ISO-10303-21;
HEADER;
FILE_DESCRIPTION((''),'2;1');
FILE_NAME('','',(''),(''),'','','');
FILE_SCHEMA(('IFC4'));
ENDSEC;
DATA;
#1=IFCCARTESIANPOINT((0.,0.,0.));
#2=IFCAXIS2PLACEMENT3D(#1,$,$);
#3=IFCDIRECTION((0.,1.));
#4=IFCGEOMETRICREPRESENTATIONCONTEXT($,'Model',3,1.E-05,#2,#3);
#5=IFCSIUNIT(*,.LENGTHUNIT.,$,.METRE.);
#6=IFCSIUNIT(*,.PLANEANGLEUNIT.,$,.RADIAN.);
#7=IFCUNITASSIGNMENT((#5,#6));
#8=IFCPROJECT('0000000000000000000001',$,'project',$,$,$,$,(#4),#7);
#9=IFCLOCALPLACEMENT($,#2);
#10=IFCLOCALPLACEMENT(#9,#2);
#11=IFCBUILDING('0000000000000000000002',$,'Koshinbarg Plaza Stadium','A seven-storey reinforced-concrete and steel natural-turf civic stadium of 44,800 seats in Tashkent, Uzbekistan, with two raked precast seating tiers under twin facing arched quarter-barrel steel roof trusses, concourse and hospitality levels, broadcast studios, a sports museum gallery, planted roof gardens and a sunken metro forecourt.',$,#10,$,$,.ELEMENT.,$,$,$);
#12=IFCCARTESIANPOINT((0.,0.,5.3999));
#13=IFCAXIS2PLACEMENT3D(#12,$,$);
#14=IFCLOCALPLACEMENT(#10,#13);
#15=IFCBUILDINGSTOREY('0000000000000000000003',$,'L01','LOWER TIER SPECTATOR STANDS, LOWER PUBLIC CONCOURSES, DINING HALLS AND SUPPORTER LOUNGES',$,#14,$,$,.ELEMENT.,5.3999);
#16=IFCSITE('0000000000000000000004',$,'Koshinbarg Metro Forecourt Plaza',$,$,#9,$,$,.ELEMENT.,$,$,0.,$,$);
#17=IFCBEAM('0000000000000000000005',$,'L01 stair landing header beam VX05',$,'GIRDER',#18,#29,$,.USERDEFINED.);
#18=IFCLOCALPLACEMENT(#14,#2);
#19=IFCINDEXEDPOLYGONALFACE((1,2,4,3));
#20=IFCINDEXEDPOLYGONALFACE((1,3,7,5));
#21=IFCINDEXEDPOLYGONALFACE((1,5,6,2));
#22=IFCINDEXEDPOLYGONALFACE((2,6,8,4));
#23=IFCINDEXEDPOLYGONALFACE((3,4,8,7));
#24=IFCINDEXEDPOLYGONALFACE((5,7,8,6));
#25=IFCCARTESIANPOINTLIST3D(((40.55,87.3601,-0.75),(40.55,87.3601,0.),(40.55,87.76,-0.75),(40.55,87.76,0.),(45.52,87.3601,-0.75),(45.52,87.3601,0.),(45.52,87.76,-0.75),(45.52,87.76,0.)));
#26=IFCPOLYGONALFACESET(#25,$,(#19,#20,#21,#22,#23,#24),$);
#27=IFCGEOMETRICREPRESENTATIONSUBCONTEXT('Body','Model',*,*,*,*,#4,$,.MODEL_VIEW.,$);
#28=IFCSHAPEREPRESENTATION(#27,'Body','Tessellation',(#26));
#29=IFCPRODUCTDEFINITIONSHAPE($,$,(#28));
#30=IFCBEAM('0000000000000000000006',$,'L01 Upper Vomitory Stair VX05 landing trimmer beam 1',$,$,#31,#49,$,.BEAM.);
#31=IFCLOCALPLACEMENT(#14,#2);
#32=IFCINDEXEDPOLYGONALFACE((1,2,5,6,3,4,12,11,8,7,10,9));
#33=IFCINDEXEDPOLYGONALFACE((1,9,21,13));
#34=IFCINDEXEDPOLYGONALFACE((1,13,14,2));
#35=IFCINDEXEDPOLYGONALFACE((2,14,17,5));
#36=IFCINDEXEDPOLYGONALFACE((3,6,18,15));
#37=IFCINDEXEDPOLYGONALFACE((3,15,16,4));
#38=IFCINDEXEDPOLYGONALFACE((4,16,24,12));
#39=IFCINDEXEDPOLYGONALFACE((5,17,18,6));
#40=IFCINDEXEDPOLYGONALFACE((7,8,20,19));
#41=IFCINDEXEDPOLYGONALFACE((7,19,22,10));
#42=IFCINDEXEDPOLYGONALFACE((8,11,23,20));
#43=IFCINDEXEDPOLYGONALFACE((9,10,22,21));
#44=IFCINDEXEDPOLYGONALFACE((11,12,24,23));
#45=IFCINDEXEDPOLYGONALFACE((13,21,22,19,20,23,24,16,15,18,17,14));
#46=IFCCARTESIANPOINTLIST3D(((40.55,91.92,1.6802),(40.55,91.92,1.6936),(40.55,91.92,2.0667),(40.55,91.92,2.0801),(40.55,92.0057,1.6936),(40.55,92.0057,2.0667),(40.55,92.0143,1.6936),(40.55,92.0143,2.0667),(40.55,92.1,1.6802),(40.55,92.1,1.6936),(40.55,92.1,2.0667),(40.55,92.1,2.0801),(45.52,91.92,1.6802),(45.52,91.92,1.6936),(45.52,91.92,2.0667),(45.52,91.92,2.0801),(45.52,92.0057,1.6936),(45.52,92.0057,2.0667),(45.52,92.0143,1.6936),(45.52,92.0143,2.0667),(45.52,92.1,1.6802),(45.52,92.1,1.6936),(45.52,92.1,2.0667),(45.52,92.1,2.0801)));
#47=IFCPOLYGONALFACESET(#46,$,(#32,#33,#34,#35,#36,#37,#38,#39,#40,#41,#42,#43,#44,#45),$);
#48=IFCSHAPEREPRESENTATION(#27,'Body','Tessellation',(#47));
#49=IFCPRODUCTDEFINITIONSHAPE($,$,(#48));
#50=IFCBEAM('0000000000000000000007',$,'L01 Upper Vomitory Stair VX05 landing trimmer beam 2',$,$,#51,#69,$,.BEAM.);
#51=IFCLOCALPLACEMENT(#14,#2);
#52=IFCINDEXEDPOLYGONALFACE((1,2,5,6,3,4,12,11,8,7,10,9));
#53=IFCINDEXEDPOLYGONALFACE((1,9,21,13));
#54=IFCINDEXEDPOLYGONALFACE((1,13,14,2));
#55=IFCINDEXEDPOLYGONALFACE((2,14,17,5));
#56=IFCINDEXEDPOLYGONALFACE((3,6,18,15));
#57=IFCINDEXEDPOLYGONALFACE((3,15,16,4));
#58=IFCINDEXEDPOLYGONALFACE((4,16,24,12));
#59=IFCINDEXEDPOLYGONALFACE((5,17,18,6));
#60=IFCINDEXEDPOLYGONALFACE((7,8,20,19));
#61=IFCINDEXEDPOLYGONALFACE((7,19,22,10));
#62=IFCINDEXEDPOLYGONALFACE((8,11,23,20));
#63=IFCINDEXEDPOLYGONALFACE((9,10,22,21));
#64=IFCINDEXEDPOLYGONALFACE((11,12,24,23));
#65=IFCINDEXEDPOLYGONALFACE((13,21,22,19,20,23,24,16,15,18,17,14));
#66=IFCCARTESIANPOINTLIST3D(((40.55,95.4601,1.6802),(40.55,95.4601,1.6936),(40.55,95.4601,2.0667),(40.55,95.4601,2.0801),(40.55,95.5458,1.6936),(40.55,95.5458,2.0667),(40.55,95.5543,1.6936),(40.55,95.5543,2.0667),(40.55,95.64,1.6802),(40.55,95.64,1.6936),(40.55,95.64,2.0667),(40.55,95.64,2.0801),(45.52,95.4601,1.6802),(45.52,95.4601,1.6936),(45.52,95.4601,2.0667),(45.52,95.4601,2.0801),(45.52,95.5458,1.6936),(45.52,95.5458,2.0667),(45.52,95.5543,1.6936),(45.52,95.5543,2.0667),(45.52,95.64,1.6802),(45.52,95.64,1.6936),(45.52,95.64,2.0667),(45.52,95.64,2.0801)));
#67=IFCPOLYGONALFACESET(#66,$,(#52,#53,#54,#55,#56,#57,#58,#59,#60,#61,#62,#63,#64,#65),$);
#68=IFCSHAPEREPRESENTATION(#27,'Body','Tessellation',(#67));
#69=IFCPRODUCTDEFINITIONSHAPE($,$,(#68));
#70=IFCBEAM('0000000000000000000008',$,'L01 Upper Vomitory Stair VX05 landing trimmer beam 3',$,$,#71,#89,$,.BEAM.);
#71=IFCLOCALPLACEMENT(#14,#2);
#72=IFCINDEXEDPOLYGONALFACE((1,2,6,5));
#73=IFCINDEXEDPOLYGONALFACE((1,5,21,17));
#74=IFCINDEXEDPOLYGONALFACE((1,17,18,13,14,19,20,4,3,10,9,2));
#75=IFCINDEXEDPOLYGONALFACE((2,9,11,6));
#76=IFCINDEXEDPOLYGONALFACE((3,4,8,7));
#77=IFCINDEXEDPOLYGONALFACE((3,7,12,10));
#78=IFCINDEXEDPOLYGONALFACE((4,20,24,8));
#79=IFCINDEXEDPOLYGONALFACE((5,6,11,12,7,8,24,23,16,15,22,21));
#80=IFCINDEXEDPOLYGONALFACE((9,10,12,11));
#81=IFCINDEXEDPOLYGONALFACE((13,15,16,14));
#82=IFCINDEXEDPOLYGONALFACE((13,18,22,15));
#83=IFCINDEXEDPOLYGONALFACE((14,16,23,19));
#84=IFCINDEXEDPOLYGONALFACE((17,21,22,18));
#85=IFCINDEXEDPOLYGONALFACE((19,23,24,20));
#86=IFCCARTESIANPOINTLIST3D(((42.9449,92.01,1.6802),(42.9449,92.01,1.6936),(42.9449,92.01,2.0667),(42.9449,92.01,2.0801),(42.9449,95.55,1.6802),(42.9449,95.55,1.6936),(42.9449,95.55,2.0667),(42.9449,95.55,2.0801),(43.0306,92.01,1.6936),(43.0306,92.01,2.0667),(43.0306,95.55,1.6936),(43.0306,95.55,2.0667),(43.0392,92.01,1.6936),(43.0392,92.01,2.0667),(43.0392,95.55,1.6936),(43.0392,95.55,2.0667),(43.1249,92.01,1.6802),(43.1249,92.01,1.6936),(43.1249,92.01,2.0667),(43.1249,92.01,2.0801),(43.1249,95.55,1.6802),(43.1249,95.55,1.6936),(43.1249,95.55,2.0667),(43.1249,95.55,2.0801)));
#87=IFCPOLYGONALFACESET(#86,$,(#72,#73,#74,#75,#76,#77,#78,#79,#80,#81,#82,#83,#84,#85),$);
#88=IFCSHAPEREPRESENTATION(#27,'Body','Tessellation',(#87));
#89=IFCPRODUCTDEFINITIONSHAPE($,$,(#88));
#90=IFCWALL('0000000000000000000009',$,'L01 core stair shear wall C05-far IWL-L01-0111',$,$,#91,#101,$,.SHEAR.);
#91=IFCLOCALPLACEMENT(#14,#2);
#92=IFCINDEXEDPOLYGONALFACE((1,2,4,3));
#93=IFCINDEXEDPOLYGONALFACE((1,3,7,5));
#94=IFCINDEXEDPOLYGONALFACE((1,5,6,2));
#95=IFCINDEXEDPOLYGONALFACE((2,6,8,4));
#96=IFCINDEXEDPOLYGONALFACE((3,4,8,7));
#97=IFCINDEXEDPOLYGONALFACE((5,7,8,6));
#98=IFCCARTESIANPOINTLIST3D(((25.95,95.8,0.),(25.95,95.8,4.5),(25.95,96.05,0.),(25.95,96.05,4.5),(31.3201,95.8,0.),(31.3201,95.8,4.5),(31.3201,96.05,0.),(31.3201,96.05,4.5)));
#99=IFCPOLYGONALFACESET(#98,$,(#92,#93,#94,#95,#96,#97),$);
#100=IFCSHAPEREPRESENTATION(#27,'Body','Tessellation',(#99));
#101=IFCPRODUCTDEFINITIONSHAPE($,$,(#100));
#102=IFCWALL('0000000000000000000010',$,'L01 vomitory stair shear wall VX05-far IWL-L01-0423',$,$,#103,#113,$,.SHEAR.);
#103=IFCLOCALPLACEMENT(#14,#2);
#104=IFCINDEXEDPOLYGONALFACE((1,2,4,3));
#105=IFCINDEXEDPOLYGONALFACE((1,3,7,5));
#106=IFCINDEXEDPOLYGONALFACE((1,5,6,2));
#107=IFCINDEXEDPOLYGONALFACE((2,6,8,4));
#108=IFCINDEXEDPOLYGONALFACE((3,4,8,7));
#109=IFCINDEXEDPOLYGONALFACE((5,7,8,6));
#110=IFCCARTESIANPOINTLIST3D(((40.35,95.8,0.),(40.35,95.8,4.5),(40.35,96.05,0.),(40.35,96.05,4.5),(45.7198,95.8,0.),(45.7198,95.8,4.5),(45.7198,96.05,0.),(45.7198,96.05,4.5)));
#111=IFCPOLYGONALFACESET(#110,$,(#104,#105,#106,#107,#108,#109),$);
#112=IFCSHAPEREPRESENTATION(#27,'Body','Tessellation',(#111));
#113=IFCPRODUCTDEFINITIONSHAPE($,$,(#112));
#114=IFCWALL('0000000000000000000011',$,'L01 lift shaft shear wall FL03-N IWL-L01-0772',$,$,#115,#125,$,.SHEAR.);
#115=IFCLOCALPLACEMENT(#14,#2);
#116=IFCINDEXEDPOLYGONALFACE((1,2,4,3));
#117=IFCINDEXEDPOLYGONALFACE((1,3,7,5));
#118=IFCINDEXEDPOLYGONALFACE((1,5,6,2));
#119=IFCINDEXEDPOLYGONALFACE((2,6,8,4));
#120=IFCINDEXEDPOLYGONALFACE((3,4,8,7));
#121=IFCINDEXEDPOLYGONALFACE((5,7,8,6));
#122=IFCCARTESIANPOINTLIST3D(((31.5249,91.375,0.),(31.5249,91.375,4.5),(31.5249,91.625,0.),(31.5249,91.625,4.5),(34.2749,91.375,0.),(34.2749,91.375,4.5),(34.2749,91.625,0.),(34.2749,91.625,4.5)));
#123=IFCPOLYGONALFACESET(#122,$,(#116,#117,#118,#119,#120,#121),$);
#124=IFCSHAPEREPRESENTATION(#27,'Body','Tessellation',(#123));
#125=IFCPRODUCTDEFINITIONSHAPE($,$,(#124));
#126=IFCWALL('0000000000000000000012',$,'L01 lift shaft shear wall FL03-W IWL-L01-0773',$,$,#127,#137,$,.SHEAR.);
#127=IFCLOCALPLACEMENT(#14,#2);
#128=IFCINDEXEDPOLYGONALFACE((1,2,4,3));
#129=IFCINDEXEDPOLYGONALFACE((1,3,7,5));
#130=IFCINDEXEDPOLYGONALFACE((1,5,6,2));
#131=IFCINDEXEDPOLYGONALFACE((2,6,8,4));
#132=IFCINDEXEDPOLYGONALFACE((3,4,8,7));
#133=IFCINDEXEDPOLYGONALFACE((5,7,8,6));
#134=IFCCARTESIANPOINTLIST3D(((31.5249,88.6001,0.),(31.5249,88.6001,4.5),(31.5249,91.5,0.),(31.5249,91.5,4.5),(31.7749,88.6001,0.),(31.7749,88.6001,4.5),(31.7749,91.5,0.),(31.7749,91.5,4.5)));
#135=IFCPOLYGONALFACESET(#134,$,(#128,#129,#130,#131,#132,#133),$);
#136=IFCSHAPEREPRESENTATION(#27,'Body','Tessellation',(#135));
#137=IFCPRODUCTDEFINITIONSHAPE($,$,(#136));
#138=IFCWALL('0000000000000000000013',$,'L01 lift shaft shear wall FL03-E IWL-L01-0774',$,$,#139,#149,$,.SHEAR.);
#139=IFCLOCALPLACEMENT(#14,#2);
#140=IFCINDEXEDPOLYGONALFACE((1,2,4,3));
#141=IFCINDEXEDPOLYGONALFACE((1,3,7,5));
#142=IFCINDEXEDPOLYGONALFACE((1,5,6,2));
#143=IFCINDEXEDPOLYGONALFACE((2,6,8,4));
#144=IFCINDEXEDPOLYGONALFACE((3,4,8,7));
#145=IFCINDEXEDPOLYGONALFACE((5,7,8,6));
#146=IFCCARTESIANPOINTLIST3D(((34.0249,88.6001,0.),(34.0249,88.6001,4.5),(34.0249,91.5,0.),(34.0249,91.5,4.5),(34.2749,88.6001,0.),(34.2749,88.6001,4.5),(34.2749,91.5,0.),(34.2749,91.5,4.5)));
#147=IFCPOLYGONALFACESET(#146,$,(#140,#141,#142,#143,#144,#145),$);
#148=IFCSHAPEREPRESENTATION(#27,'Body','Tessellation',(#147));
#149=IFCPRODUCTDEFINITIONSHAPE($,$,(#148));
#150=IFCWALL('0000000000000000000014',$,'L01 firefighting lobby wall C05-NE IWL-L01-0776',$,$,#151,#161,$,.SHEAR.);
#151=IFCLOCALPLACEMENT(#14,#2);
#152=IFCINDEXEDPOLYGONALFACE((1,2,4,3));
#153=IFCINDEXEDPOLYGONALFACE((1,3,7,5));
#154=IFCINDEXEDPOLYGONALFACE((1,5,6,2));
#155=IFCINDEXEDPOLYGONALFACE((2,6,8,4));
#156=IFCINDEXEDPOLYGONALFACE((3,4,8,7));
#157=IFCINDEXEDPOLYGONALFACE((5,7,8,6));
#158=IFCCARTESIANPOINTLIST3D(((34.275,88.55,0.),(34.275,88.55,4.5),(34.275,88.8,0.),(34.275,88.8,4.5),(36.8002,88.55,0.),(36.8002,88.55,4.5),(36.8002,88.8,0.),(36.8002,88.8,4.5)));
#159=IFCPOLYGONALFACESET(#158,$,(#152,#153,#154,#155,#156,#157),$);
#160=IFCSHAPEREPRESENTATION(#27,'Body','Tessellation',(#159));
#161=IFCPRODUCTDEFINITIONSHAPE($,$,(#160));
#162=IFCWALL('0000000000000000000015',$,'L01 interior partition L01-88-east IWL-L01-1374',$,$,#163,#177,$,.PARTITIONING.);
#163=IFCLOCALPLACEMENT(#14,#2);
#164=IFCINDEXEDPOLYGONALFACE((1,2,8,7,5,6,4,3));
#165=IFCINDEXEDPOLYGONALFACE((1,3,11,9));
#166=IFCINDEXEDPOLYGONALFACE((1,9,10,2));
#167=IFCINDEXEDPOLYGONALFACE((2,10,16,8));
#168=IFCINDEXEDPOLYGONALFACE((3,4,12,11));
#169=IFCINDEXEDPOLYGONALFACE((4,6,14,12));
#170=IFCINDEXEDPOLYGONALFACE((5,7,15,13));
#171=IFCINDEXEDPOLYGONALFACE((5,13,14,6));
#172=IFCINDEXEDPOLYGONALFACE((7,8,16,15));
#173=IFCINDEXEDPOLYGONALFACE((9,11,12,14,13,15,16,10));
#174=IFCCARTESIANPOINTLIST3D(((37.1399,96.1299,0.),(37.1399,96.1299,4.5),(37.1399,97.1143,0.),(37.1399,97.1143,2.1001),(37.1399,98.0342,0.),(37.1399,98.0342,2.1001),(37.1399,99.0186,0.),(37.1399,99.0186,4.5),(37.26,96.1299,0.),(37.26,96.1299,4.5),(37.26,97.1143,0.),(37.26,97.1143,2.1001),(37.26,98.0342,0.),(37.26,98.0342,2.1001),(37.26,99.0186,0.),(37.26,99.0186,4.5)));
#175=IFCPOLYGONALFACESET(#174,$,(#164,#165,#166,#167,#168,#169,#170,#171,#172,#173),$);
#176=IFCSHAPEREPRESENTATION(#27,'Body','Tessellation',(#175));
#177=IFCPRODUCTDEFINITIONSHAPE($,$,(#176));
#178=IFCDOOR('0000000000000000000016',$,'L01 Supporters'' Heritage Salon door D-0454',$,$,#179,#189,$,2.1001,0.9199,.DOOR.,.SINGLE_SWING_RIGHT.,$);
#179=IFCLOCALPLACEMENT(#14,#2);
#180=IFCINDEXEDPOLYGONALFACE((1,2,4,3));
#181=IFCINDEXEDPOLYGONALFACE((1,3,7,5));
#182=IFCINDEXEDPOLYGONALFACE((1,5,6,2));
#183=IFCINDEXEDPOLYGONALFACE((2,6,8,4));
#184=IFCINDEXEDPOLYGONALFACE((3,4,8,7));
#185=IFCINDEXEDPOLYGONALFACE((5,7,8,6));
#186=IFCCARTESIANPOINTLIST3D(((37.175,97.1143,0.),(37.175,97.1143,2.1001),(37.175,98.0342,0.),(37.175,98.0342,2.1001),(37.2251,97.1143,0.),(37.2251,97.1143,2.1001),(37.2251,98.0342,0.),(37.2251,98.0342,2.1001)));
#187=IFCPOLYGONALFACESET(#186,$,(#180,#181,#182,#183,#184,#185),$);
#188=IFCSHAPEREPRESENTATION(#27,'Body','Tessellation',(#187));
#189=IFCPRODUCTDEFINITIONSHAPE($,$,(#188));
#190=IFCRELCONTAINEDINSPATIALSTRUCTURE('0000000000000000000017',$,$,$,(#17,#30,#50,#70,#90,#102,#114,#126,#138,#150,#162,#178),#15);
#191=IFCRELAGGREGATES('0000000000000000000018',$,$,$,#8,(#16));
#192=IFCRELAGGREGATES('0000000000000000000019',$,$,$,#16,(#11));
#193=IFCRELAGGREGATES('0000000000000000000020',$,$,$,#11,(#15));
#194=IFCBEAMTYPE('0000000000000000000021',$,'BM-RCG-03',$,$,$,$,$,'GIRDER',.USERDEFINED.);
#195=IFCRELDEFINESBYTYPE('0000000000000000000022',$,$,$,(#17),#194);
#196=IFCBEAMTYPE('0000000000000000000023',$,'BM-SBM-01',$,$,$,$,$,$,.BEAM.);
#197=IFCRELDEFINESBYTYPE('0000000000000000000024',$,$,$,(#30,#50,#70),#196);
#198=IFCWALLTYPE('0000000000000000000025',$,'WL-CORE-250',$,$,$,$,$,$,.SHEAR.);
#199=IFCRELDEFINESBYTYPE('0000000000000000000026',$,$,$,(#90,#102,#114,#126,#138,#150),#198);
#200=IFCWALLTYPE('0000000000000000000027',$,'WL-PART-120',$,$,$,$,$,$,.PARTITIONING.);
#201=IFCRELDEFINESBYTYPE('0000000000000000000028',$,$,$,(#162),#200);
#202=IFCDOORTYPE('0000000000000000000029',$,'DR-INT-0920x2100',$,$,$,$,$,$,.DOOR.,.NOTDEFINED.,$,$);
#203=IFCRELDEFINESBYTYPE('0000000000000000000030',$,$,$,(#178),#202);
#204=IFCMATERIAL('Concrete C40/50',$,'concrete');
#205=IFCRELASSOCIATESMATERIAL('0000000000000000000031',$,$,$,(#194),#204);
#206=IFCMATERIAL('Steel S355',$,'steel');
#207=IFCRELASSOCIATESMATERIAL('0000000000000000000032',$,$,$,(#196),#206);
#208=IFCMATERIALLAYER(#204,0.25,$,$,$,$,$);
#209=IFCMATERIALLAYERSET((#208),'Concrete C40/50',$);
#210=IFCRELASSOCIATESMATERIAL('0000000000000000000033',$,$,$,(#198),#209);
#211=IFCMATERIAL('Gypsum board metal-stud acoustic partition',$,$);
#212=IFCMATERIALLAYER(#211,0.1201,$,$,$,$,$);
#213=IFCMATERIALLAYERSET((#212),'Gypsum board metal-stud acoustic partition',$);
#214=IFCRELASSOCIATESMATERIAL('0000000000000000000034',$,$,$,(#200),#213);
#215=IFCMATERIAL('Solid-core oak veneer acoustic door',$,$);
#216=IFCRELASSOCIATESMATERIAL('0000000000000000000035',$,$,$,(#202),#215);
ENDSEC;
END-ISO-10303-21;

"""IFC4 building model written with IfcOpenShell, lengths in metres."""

from ifc_helpers import new_model, si_unit, direction, frame, frame_2d, origin, origin_2d, place, context, subcontext, project, spatial, rectangle, i_section, extrude, material, layer, layer_set, material_profile, profile_set, type_object, element, fill, save


model = new_model("IFC4")

# Units and contexts
model_context = context("Model", 3, precision=1e-05, world=origin(), true_north=direction((0.0, 1.0)))
body_context = subcontext(model_context, "Body", "Model", "MODEL_VIEW")
ifc_project = project(units=[si_unit("LENGTHUNIT", "METRE"), si_unit("PLANEANGLEUNIT", "RADIAN")], contexts=[model_context])

# Site, building, storey
site_placement = place(None, origin())
site = spatial("IfcSite", under=ifc_project, at=site_placement, Name="Koshinbarg Metro Forecourt Plaza", CompositionType="ELEMENT", RefElevation=0.0)
building_placement = place(site_placement, origin())
building = spatial("IfcBuilding", under=site, at=building_placement, Name="Koshinbarg Plaza Stadium", Description="A seven-storey reinforced-concrete and steel natural-turf civic stadium of 44,800 seats in Tashkent, Uzbekistan, with two raked precast seating tiers under twin facing arched quarter-barrel steel roof trusses, concourse and hospitality levels, broadcast studios, a sports museum gallery, planted roof gardens and a sunken metro forecourt.", CompositionType="ELEMENT")
storey_placement = place(building_placement, frame((0.0, 0.0, 5.3999)))
storey = spatial("IfcBuildingStorey", under=building, at=storey_placement, Name="L01", Description="LOWER TIER SPECTATOR STANDS, LOWER PUBLIC CONCOURSES, DINING HALLS AND SUPPORTER LOUNGES", CompositionType="ELEMENT", Elevation=5.3999)

# Beams
ifc_material_1 = material(Name="Concrete C40/50", Category="concrete")
ifc_material_profile_1 = material_profile(ifc_material_1, rectangle(XDim=0.3999, YDim=0.75, at=origin_2d()), Name="RC 400x750")
ifc_profile_set_1 = profile_set([ifc_material_profile_1], Name="Concrete C40/50")
beam_type_1 = type_object("IfcBeamType", Name="BM-RCG-03", ElementType="GIRDER", PredefinedType="USERDEFINED", material=ifc_profile_set_1)
beam_1_placement = place(storey_placement, frame((40.55, 87.5601, -0.375), z_axis=(1.0, 0.0, 0.0), x_axis=(0.0, 1.0, 0.0)))
element("IfcBeam", 1, at=beam_1_placement, inside=storey, type_object=beam_type_1, Name="L01 stair landing header beam VX05", ObjectType="GIRDER", PredefinedType="USERDEFINED", context=body_context, shape_type="SweptSolid", body=[
    extrude(rectangle(XDim=0.3999, YDim=0.75, at=origin_2d()), origin(), (0.0, 0.0, 1.0), 4.97),
])
ifc_material_2 = material(Name="Steel S355", Category="steel")
ifc_material_profile_2 = material_profile(ifc_material_2, i_section(OverallWidth=0.1799, OverallDepth=0.3999, WebThickness=0.0085, FlangeThickness=0.0134, at=origin_2d()), Name="IPE 400")
ifc_profile_set_2 = profile_set([ifc_material_profile_2], Name="Steel S355")
beam_type_2 = type_object("IfcBeamType", Name="BM-SBM-01", PredefinedType="BEAM", material=ifc_profile_set_2)
for number, where, z_axis, x_axis, name in (
    (2, (40.55, 92.01, 1.8801), (1.0, 0.0, 0.0), (0.0, 1.0, 0.0), "L01 Upper Vomitory Stair VX05 landing trimmer beam 1"),
    (3, (40.55, 95.55, 1.8801), (1.0, 0.0, 0.0), (0.0, 1.0, 0.0), "L01 Upper Vomitory Stair VX05 landing trimmer beam 2"),
):
    element("IfcBeam", number, at=place(storey_placement, frame(where, z_axis=z_axis, x_axis=x_axis)), inside=storey, type_object=beam_type_2, Name=name, PredefinedType="BEAM", context=body_context, shape_type="SweptSolid", body=[
        extrude(i_section(OverallWidth=0.1799, OverallDepth=0.3999, WebThickness=0.0085, FlangeThickness=0.0134, at=origin_2d()), origin(), (0.0, 0.0, 1.0), 4.97),
    ])
beam_2_placement = place(storey_placement, frame((43.0349, 92.01, 1.8801), z_axis=(0.0, 1.0, 0.0), x_axis=(-1.0, 0.0, 0.0)))
element("IfcBeam", 4, at=beam_2_placement, inside=storey, type_object=beam_type_2, Name="L01 Upper Vomitory Stair VX05 landing trimmer beam 3", PredefinedType="BEAM", context=body_context, shape_type="SweptSolid", body=[
    extrude(i_section(OverallWidth=0.1799, OverallDepth=0.3999, WebThickness=0.0085, FlangeThickness=0.0134, at=origin_2d()), origin(), (0.0, 0.0, 1.0), 3.54),
])

# Walls
ifc_layer_1 = layer(ifc_material_1, 0.25)
ifc_layer_set_1 = layer_set([ifc_layer_1], Name="Concrete C40/50")
wall_type_1 = type_object("IfcWallType", Name="WL-CORE-250", PredefinedType="SHEAR", material=ifc_layer_set_1)
wall_1_placement = place(storey_placement, frame((31.3201, 95.925, 0.0), z_axis=(0.0, 0.0, 1.0), x_axis=(-1.0, 0.0, 0.0)))
element("IfcWall", 5, at=wall_1_placement, inside=storey, type_object=wall_type_1, Name="L01 core stair shear wall C05-far IWL-L01-0111", PredefinedType="SHEAR", context=body_context, shape_type="SweptSolid", body=[
    extrude(rectangle(XDim=5.3701, YDim=0.25, at=frame_2d((2.6851, 0.0))), origin(), (0.0, 0.0, 1.0), 4.5),
])
wall_2_placement = place(storey_placement, frame((45.72, 95.925, 0.0), z_axis=(0.0, 0.0, 1.0), x_axis=(-1.0, 0.0, 0.0)))
element("IfcWall", 6, at=wall_2_placement, inside=storey, type_object=wall_type_1, Name="L01 vomitory stair shear wall VX05-far IWL-L01-0423", PredefinedType="SHEAR", context=body_context, shape_type="SweptSolid", body=[
    extrude(rectangle(XDim=5.3699, YDim=0.25, at=frame_2d((2.6851, 0.0))), origin(), (0.0, 0.0, 1.0), 4.5),
])

# Walls
wall_3_placement = place(storey_placement, frame((34.2749, 91.5, 0.0), z_axis=(0.0, 0.0, 1.0), x_axis=(-1.0, 0.0, 0.0)))
element("IfcWall", 7, at=wall_3_placement, inside=storey, type_object=wall_type_1, Name="L01 lift shaft shear wall FL03-N IWL-L01-0772", PredefinedType="SHEAR", context=body_context, shape_type="SweptSolid", body=[
    extrude(rectangle(XDim=2.75, YDim=0.25, at=frame_2d((1.375, 0.0))), origin(), (0.0, 0.0, 1.0), 4.5),
])
for number, where, z_axis, x_axis, name in (
    (8, (31.6499, 91.5, 0.0), (0.0, 0.0, 1.0), (0.0, -1.0, 0.0), "L01 lift shaft shear wall FL03-W IWL-L01-0773"),
    (9, (34.1499, 88.6001, 0.0), (0.0, 0.0, 1.0), (0.0, 1.0, 0.0), "L01 lift shaft shear wall FL03-E IWL-L01-0774"),
):
    element("IfcWall", number, at=place(storey_placement, frame(where, z_axis=z_axis, x_axis=x_axis)), inside=storey, type_object=wall_type_1, Name=name, PredefinedType="SHEAR", context=body_context, shape_type="SweptSolid", body=[
        extrude(rectangle(XDim=2.8999, YDim=0.25, at=frame_2d((1.45, 0.0))), origin(), (0.0, 0.0, 1.0), 4.5),
    ])
wall_4_placement = place(storey_placement, frame((34.2749, 88.675, 0.0), z_axis=(0.0, 0.0, 1.0), x_axis=(1.0, 0.0, 0.0)))
element("IfcWall", 10, at=wall_4_placement, inside=storey, type_object=wall_type_1, Name="L01 firefighting lobby wall C05-NE IWL-L01-0776", PredefinedType="SHEAR", context=body_context, shape_type="SweptSolid", body=[
    extrude(rectangle(XDim=2.5251, YDim=0.25, at=frame_2d((1.2627, 0.0))), origin(), (0.0, 0.0, 1.0), 4.5),
])

# Wall, opening, door
ifc_material_3 = material(Name="Gypsum board metal-stud acoustic partition")
ifc_layer_2 = layer(ifc_material_3, 0.1201)
ifc_layer_set_2 = layer_set([ifc_layer_2], Name="Gypsum board metal-stud acoustic partition")
wall_type_2 = type_object("IfcWallType", Name="WL-PART-120", PredefinedType="PARTITIONING", material=ifc_layer_set_2)
wall_5_placement = place(storey_placement, frame((37.2, 96.1299, 0.0), z_axis=(0.0, 0.0, 1.0), x_axis=(0.0, 1.0, 0.0)))
wall_5 = element("IfcWall", 11, at=wall_5_placement, inside=storey, type_object=wall_type_2, Name="L01 interior partition L01-88-east IWL-L01-1374", PredefinedType="PARTITIONING", context=body_context, shape_type="SweptSolid", body=[
    extrude(rectangle(XDim=2.8887, YDim=0.1201, at=frame_2d((1.4443, 0.0))), origin(), (0.0, 0.0, 1.0), 4.5),
])
opening_1_placement = place(wall_5_placement, frame((0.9844, 0.0, 0.0)))
opening_1 = element("IfcOpeningElement", 12, at=opening_1_placement, cuts=wall_5, PredefinedType="OPENING", context=body_context, shape_type="SweptSolid", body=[
    extrude(rectangle(XDim=0.9199, YDim=2.1001, at=frame_2d((0.46, 1.05))), frame((0.0, 0.0701, 0.0), z_axis=(0.0, -1.0, 0.0), x_axis=(1.0, 0.0, 0.0)), (0.0, 0.0, 1.0), 0.1401),
])
ifc_material_4 = material(Name="Solid-core oak veneer acoustic door")
door_type_1 = type_object("IfcDoorType", Name="DR-INT-0920x2100", OperationType="NOTDEFINED", PredefinedType="DOOR", material=ifc_material_4)
door_1_placement = place(opening_1_placement, origin())
door_1 = element("IfcDoor", 13, at=door_1_placement, inside=storey, type_object=door_type_1, Name="L01 Supporters' Heritage Salon door D-0454", OperationType="SINGLE_SWING_RIGHT", OverallHeight=2.1001, OverallWidth=0.9199, PredefinedType="DOOR", context=body_context, shape_type="SweptSolid", body=[
    extrude(rectangle(XDim=0.9199, YDim=2.1001, at=frame_2d((0.46, 1.05))), frame((0.0, 0.0249, 0.0), z_axis=(0.0, -1.0, 0.0), x_axis=(1.0, 0.0, 0.0)), (0.0, 0.0, 1.0), 0.05),
])
fill(opening_1, door_1)

save(model, "model.ifc")
